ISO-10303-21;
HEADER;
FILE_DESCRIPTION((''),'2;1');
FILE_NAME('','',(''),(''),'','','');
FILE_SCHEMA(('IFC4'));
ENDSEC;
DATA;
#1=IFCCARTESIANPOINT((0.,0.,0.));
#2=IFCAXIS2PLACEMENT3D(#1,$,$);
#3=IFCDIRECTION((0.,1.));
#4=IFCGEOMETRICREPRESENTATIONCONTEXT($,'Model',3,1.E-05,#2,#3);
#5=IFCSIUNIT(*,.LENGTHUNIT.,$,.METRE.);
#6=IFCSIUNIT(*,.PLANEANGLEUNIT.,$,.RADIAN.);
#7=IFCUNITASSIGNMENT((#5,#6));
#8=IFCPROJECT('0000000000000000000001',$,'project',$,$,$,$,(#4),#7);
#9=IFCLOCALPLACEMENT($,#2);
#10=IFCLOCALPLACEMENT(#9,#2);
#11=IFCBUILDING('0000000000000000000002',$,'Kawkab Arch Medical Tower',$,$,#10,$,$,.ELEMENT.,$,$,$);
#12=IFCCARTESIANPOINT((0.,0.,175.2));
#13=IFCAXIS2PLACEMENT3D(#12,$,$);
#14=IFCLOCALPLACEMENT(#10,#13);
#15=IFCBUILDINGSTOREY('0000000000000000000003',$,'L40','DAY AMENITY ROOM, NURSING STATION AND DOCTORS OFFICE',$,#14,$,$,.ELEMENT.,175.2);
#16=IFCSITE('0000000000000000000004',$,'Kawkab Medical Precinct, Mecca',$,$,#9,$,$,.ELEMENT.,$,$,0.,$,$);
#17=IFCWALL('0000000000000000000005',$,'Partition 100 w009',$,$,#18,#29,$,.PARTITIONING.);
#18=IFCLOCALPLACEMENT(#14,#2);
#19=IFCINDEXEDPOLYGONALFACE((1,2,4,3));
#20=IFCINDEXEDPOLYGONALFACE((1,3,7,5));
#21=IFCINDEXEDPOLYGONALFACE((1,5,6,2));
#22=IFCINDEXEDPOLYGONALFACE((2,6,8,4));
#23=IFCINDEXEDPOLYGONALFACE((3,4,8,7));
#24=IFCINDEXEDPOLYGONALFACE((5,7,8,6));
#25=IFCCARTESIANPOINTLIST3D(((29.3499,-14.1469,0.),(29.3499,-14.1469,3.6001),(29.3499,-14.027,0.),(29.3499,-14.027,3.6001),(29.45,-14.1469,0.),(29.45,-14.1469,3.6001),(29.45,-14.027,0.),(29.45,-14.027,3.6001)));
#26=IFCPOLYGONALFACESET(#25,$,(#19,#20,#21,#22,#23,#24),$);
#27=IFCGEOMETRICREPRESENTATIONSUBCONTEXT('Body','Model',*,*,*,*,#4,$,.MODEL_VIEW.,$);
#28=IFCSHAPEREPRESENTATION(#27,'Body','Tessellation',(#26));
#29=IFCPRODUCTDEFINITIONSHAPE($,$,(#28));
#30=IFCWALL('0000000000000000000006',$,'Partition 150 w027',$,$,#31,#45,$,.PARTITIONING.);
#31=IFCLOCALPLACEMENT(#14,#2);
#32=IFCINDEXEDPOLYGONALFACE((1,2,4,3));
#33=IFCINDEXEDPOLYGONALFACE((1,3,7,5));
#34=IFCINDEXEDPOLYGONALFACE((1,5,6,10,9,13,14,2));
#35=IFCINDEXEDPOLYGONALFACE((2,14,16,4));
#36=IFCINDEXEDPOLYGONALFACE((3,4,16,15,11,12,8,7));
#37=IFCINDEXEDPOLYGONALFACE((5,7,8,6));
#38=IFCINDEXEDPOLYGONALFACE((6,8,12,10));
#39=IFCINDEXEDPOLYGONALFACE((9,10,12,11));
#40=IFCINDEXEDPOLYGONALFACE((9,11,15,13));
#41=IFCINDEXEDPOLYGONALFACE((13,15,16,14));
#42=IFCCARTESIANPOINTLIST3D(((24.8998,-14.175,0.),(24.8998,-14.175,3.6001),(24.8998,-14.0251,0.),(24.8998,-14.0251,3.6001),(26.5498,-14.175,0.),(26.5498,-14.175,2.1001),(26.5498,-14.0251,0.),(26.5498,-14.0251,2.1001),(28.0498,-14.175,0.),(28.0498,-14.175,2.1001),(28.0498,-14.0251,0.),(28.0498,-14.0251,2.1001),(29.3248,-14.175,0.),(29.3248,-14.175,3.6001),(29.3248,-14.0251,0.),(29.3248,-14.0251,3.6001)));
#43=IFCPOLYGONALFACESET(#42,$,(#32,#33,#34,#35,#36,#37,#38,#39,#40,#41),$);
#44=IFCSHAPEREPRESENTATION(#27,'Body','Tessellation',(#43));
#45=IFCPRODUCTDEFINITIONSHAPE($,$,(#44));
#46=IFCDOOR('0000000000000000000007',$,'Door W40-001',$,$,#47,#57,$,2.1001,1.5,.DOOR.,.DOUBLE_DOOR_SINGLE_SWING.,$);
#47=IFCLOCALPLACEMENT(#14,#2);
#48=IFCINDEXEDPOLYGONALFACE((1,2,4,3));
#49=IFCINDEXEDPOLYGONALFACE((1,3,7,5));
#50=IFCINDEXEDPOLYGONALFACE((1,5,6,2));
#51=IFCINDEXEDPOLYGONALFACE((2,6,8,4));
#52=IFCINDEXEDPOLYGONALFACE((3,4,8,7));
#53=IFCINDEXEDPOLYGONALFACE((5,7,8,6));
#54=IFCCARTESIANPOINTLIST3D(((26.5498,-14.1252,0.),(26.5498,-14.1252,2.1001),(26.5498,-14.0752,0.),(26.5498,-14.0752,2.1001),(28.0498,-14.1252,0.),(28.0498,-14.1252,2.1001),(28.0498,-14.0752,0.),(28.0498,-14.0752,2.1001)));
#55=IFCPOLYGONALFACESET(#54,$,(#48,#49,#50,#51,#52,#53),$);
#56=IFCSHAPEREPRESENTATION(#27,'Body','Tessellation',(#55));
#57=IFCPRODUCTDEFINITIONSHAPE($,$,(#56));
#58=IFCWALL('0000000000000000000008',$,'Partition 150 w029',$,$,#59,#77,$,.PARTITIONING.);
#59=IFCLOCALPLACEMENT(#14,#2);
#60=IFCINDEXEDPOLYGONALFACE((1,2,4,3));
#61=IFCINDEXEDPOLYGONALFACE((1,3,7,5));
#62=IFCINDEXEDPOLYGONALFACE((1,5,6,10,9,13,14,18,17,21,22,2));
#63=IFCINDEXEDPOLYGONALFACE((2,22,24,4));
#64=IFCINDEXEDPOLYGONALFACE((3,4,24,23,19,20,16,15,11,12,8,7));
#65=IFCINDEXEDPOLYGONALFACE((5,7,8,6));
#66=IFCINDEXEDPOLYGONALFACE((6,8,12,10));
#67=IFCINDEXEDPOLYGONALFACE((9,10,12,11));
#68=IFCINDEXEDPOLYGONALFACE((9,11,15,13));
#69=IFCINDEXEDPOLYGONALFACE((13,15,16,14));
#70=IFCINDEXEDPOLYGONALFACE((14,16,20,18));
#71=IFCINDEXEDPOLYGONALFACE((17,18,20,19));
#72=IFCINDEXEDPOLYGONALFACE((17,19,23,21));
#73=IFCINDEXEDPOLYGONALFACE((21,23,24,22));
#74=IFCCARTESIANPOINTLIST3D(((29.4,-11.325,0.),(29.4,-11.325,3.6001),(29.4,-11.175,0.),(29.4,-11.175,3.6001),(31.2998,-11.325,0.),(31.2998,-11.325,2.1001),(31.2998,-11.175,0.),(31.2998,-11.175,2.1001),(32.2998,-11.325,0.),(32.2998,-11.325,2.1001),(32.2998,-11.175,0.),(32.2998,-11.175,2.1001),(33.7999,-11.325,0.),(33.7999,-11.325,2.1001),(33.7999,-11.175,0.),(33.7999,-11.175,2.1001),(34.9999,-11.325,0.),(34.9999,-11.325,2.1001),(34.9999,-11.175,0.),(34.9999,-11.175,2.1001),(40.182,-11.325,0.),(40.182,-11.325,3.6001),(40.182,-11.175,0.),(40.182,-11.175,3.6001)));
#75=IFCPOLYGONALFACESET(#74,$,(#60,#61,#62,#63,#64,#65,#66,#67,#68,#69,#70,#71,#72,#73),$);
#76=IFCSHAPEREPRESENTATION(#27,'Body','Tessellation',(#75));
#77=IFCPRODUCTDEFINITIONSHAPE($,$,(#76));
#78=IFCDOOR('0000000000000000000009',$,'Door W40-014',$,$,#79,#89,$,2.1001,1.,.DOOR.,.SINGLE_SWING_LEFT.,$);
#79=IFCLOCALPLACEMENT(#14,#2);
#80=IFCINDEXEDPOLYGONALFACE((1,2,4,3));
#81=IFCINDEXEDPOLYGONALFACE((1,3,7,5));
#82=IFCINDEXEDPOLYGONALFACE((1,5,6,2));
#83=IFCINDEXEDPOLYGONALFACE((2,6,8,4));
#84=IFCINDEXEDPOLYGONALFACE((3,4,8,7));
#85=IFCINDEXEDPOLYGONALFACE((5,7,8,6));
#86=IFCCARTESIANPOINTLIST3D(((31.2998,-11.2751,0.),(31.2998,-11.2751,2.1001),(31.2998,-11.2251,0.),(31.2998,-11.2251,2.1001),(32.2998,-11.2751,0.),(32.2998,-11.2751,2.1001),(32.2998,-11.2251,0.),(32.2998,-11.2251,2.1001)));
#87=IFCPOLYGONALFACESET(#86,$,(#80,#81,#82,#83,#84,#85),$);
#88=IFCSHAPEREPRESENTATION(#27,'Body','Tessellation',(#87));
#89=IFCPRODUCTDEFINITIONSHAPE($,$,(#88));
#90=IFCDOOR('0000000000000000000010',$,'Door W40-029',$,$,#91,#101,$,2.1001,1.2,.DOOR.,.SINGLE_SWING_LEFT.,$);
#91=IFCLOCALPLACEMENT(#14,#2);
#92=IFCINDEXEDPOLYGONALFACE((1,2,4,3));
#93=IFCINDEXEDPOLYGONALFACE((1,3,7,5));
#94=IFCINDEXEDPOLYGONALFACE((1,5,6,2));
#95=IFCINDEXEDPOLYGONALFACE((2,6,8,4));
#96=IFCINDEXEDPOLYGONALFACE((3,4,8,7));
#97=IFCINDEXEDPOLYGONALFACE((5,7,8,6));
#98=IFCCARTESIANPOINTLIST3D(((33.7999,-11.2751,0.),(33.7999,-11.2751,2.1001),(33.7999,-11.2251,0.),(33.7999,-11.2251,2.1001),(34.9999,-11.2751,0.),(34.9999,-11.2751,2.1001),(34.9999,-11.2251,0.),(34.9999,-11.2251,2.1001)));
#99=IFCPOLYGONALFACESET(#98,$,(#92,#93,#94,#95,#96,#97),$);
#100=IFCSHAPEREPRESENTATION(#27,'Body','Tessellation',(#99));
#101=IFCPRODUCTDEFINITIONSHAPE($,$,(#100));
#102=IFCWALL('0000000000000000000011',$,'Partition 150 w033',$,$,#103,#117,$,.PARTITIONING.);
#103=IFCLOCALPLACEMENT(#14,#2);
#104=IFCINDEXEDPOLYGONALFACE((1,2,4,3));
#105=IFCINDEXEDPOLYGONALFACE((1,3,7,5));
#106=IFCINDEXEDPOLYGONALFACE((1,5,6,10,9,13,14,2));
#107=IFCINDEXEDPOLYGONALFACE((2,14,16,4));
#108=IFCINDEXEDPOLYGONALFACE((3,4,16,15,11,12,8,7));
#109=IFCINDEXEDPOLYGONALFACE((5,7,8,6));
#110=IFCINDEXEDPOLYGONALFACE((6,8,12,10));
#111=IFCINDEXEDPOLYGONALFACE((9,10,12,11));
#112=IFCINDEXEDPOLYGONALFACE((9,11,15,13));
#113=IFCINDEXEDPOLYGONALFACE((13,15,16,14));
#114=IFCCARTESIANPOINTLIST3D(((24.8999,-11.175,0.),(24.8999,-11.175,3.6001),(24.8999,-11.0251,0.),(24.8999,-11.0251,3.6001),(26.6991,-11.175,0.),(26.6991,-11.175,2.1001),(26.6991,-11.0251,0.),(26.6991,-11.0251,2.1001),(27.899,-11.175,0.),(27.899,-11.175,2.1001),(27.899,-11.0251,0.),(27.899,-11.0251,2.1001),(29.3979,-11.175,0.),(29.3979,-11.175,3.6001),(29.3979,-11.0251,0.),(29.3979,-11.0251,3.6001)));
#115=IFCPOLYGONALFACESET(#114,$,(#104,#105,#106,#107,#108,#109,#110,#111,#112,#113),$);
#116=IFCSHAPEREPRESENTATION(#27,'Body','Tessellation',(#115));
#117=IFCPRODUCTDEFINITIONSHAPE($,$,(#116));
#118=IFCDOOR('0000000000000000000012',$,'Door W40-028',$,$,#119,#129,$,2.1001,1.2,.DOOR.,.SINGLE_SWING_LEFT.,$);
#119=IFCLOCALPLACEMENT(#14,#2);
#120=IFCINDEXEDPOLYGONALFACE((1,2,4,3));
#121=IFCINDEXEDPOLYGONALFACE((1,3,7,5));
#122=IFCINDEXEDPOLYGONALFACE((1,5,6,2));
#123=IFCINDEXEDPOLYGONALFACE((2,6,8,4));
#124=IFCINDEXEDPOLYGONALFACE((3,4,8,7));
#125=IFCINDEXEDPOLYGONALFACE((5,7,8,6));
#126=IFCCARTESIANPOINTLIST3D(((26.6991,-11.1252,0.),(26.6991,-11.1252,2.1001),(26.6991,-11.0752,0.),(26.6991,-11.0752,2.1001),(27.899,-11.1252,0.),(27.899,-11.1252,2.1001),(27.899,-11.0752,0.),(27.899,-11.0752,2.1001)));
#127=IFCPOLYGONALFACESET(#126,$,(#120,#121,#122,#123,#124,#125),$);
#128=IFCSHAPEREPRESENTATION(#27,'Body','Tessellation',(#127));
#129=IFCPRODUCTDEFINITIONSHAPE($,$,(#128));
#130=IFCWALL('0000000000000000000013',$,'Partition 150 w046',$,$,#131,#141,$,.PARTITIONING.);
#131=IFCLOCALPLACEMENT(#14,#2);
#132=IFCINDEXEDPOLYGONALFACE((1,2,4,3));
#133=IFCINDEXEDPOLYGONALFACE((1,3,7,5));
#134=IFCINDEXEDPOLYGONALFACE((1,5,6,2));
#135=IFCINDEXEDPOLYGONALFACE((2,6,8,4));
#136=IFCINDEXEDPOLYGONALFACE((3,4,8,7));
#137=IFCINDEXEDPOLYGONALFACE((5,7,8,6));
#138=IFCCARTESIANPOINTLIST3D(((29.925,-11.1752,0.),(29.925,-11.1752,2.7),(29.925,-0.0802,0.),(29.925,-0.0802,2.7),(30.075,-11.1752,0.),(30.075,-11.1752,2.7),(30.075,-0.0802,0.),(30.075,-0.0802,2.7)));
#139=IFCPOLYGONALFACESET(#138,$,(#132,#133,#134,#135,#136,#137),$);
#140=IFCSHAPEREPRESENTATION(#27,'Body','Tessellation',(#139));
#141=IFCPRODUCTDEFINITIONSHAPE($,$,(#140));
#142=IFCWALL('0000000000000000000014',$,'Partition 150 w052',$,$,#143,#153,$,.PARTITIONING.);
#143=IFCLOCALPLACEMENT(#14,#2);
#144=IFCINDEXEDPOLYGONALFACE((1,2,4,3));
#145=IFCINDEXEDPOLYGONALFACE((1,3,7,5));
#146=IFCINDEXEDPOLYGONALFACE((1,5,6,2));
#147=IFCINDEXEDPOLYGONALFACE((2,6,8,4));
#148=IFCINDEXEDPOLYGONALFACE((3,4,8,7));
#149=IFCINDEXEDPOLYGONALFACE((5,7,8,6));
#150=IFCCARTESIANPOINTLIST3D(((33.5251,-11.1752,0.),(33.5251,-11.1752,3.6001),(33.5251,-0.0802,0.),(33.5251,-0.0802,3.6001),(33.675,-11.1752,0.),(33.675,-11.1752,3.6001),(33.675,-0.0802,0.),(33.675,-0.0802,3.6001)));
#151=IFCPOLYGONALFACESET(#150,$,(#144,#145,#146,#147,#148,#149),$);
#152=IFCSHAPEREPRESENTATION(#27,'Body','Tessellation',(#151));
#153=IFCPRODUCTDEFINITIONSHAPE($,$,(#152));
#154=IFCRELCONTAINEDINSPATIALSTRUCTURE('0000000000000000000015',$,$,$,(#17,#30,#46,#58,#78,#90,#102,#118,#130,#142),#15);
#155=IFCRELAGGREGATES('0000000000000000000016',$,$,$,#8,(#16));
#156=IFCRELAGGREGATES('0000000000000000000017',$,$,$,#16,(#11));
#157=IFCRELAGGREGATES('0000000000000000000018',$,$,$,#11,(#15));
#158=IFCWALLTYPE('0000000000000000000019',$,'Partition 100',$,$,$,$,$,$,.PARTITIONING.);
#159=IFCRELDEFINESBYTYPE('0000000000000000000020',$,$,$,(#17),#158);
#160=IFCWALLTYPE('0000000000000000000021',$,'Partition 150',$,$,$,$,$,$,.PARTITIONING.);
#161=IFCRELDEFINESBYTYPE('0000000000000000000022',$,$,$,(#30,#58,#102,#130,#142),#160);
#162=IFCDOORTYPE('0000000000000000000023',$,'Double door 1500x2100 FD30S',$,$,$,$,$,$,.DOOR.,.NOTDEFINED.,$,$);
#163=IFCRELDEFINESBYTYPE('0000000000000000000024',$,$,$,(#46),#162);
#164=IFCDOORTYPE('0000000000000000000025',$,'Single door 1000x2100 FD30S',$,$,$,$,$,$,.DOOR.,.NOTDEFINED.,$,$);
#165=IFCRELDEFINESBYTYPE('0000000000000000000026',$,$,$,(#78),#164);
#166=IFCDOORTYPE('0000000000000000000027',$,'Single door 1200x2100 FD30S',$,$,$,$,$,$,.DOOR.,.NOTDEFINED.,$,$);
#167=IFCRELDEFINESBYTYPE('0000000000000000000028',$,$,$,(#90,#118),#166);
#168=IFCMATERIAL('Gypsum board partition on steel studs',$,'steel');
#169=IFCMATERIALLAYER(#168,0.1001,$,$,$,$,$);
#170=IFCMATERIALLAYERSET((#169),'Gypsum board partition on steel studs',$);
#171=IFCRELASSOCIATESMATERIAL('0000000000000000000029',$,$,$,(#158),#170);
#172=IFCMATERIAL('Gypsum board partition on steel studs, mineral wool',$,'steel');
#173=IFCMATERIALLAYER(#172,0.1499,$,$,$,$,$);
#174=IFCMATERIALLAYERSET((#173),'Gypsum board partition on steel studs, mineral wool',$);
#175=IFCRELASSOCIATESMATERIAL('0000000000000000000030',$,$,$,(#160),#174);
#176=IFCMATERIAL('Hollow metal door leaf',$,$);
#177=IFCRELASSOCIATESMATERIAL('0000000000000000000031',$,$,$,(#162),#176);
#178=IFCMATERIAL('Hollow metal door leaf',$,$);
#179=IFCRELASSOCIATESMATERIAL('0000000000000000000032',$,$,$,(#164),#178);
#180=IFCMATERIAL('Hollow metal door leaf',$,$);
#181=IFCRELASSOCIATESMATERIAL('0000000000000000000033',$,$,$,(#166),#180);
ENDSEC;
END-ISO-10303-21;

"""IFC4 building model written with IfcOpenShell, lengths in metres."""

from ifc_helpers import new_model, si_unit, direction, frame, frame_2d, origin, place, context, subcontext, project, spatial, rectangle, extrude, material, layer, layer_set, type_object, element, fill, save


model = new_model("IFC4")

# Units and contexts
model_context = context("Model", 3, precision=1e-05, world=origin(), true_north=direction((0.0, 1.0)))
body_context = subcontext(model_context, "Body", "Model", "MODEL_VIEW")
ifc_project = project(units=[si_unit("LENGTHUNIT", "METRE"), si_unit("PLANEANGLEUNIT", "RADIAN")], contexts=[model_context])

# Site, building, storey
site_placement = place(None, origin())
site = spatial("IfcSite", under=ifc_project, at=site_placement, Name="Kawkab Medical Precinct, Mecca", CompositionType="ELEMENT", RefElevation=0.0)
building_placement = place(site_placement, origin())
building = spatial("IfcBuilding", under=site, at=building_placement, Name="Kawkab Arch Medical Tower", CompositionType="ELEMENT")
storey_placement = place(building_placement, frame((0.0, 0.0, 175.2)))
storey = spatial("IfcBuildingStorey", under=building, at=storey_placement, Name="L40", Description="DAY AMENITY ROOM, NURSING STATION AND DOCTORS OFFICE", CompositionType="ELEMENT", Elevation=175.2)

# Wall
ifc_material_1 = material(Name="Gypsum board partition on steel studs", Category="steel")
ifc_layer_1 = layer(ifc_material_1, 0.1001)
ifc_layer_set_1 = layer_set([ifc_layer_1], Name="Gypsum board partition on steel studs")
wall_type_1 = type_object("IfcWallType", Name="Partition 100", PredefinedType="PARTITIONING", material=ifc_layer_set_1)
wall_1_placement = place(storey_placement, frame((29.3999, -14.147, 0.0), z_axis=(0.0, 0.0, 1.0), x_axis=(0.0, 1.0, 0.0)))
element("IfcWall", 1, at=wall_1_placement, inside=storey, type_object=wall_type_1, Name="Partition 100 w009", PredefinedType="PARTITIONING", context=body_context, shape_type="SweptSolid", body=[
    extrude(rectangle(XDim=0.1199, YDim=0.1001, at=frame_2d((0.0601, 0.0))), origin(), (0.0, 0.0, 1.0), 3.6001),
])

# Wall, opening, door
ifc_material_2 = material(Name="Gypsum board partition on steel studs, mineral wool", Category="steel")
ifc_layer_2 = layer(ifc_material_2, 0.1499)
ifc_layer_set_2 = layer_set([ifc_layer_2], Name="Gypsum board partition on steel studs, mineral wool")
wall_type_2 = type_object("IfcWallType", Name="Partition 150", PredefinedType="PARTITIONING", material=ifc_layer_set_2)
wall_2_placement = place(storey_placement, frame((24.8999, -14.1001, 0.0), z_axis=(0.0, 0.0, 1.0), x_axis=(1.0, 0.0, 0.0)))
wall_2 = element("IfcWall", 2, at=wall_2_placement, inside=storey, type_object=wall_type_2, Name="Partition 150 w027", PredefinedType="PARTITIONING", context=body_context, shape_type="SweptSolid", body=[
    extrude(rectangle(XDim=4.425, YDim=0.1499, at=frame_2d((2.2124, 0.0))), origin(), (0.0, 0.0, 1.0), 3.6001),
])
opening_1_placement = place(wall_2_placement, frame((1.6499, 0.0, 0.0)))
opening_1 = element("IfcOpeningElement", 3, at=opening_1_placement, cuts=wall_2, PredefinedType="OPENING", context=body_context, shape_type="SweptSolid", body=[
    extrude(rectangle(XDim=1.5, YDim=2.1001, at=frame_2d((0.75, 1.05))), frame((0.0, 0.085, 0.0), z_axis=(0.0, -1.0, 0.0), x_axis=(1.0, 0.0, 0.0)), (0.0, 0.0, 1.0), 0.1699),
])
ifc_material_3 = material(Name="Hollow metal door leaf")
door_type_1 = type_object("IfcDoorType", Name="Double door 1500x2100 FD30S", OperationType="NOTDEFINED", PredefinedType="DOOR", material=ifc_material_3)
door_1_placement = place(opening_1_placement, origin())
door_1 = element("IfcDoor", 4, at=door_1_placement, inside=storey, type_object=door_type_1, Name="Door W40-001", OperationType="DOUBLE_DOOR_SINGLE_SWING", OverallHeight=2.1001, OverallWidth=1.5, PredefinedType="DOOR", context=body_context, shape_type="SweptSolid", body=[
    extrude(rectangle(XDim=1.5, YDim=2.1001, at=frame_2d((0.75, 1.05))), frame((0.0, 0.0249, 0.0), z_axis=(0.0, -1.0, 0.0), x_axis=(1.0, 0.0, 0.0)), (0.0, 0.0, 1.0), 0.05),
])
fill(opening_1, door_1)

# Wall, openings, doors
ifc_material_4 = material(Name="Hollow metal door leaf")
door_type_2 = type_object("IfcDoorType", Name="Single door 1000x2100 FD30S", OperationType="NOTDEFINED", PredefinedType="DOOR", material=ifc_material_4)
ifc_material_5 = material(Name="Hollow metal door leaf")
door_type_3 = type_object("IfcDoorType", Name="Single door 1200x2100 FD30S", OperationType="NOTDEFINED", PredefinedType="DOOR", material=ifc_material_5)
wall_3_placement = place(storey_placement, frame((29.3999, -11.25, 0.0), z_axis=(0.0, 0.0, 1.0), x_axis=(1.0, 0.0, 0.0)))
wall_3 = element("IfcWall", 5, at=wall_3_placement, inside=storey, type_object=wall_type_2, Name="Partition 150 w029", PredefinedType="PARTITIONING", context=body_context, shape_type="SweptSolid", body=[
    extrude(rectangle(XDim=10.782, YDim=0.1499, at=frame_2d((5.3911, 0.0))), origin(), (0.0, 0.0, 1.0), 3.6001),
])
opening_2_placement = place(wall_3_placement, frame((1.8999, 0.0, 0.0)))
opening_2 = element("IfcOpeningElement", 6, at=opening_2_placement, cuts=wall_3, PredefinedType="OPENING", context=body_context, shape_type="SweptSolid", body=[
    extrude(rectangle(XDim=1.0, YDim=2.1001, at=frame_2d((0.5, 1.05))), frame((0.0, 0.085, 0.0), z_axis=(0.0, -1.0, 0.0), x_axis=(1.0, 0.0, 0.0)), (0.0, 0.0, 1.0), 0.1699),
])
opening_3_placement = place(wall_3_placement, frame((4.3999, 0.0, 0.0)))
opening_3 = element("IfcOpeningElement", 7, at=opening_3_placement, cuts=wall_3, PredefinedType="OPENING", context=body_context, shape_type="SweptSolid", body=[
    extrude(rectangle(XDim=1.2, YDim=2.1001, at=frame_2d((0.6001, 1.05))), frame((0.0, 0.085, 0.0), z_axis=(0.0, -1.0, 0.0), x_axis=(1.0, 0.0, 0.0)), (0.0, 0.0, 1.0), 0.1699),
])
door_2_placement = place(opening_2_placement, origin())
door_2 = element("IfcDoor", 8, at=door_2_placement, inside=storey, type_object=door_type_2, Name="Door W40-014", OperationType="SINGLE_SWING_LEFT", OverallHeight=2.1001, OverallWidth=1.0, PredefinedType="DOOR", context=body_context, shape_type="SweptSolid", body=[
    extrude(rectangle(XDim=1.0, YDim=2.1001, at=frame_2d((0.5, 1.05))), frame((0.0, 0.0249, 0.0), z_axis=(0.0, -1.0, 0.0), x_axis=(1.0, 0.0, 0.0)), (0.0, 0.0, 1.0), 0.05),
])
fill(opening_2, door_2)
door_3_placement = place(opening_3_placement, origin())
door_3 = element("IfcDoor", 9, at=door_3_placement, inside=storey, type_object=door_type_3, Name="Door W40-029", OperationType="SINGLE_SWING_LEFT", OverallHeight=2.1001, OverallWidth=1.2, PredefinedType="DOOR", context=body_context, shape_type="SweptSolid", body=[
    extrude(rectangle(XDim=1.2, YDim=2.1001, at=frame_2d((0.6001, 1.05))), frame((0.0, 0.0249, 0.0), z_axis=(0.0, -1.0, 0.0), x_axis=(1.0, 0.0, 0.0)), (0.0, 0.0, 1.0), 0.05),
])
fill(opening_3, door_3)

# Wall, opening, door
wall_4_placement = place(storey_placement, frame((24.8999, -11.1001, 0.0), z_axis=(0.0, 0.0, 1.0), x_axis=(1.0, 0.0, 0.0)))
wall_4 = element("IfcWall", 10, at=wall_4_placement, inside=storey, type_object=wall_type_2, Name="Partition 150 w033", PredefinedType="PARTITIONING", context=body_context, shape_type="SweptSolid", body=[
    extrude(rectangle(XDim=4.498, YDim=0.1499, at=frame_2d((2.249, 0.0))), origin(), (0.0, 0.0, 1.0), 3.6001),
])
opening_4_placement = place(wall_4_placement, frame((1.7991, 0.0, 0.0)))
opening_4 = element("IfcOpeningElement", 11, at=opening_4_placement, cuts=wall_4, PredefinedType="OPENING", context=body_context, shape_type="SweptSolid", body=[
    extrude(rectangle(XDim=1.2, YDim=2.1001, at=frame_2d((0.6001, 1.05))), frame((0.0, 0.085, 0.0), z_axis=(0.0, -1.0, 0.0), x_axis=(1.0, 0.0, 0.0)), (0.0, 0.0, 1.0), 0.1699),
])
door_4_placement = place(opening_4_placement, origin())
door_4 = element("IfcDoor", 12, at=door_4_placement, inside=storey, type_object=door_type_3, Name="Door W40-028", OperationType="SINGLE_SWING_LEFT", OverallHeight=2.1001, OverallWidth=1.2, PredefinedType="DOOR", context=body_context, shape_type="SweptSolid", body=[
    extrude(rectangle(XDim=1.2, YDim=2.1001, at=frame_2d((0.6001, 1.05))), frame((0.0, 0.0249, 0.0), z_axis=(0.0, -1.0, 0.0), x_axis=(1.0, 0.0, 0.0)), (0.0, 0.0, 1.0), 0.05),
])
fill(opening_4, door_4)

# Walls
wall_5_placement = place(storey_placement, frame((30.0, -11.175, 0.0), z_axis=(0.0, 0.0, 1.0), x_axis=(0.0, 1.0, 0.0)))
element("IfcWall", 13, at=wall_5_placement, inside=storey, type_object=wall_type_2, Name="Partition 150 w046", PredefinedType="PARTITIONING", context=body_context, shape_type="SweptSolid", body=[
    extrude(rectangle(XDim=11.095, YDim=0.1499, at=frame_2d((5.5474, 0.0))), origin(), (0.0, 0.0, 1.0), 2.7),
])
wall_6_placement = place(storey_placement, frame((33.6001, -11.175, 0.0), z_axis=(0.0, 0.0, 1.0), x_axis=(0.0, 1.0, 0.0)))
element("IfcWall", 14, at=wall_6_placement, inside=storey, type_object=wall_type_2, Name="Partition 150 w052", PredefinedType="PARTITIONING", context=body_context, shape_type="SweptSolid", body=[
    extrude(rectangle(XDim=11.095, YDim=0.1499, at=frame_2d((5.5474, 0.0))), origin(), (0.0, 0.0, 1.0), 3.6001),
])

save(model, "model.ifc")
